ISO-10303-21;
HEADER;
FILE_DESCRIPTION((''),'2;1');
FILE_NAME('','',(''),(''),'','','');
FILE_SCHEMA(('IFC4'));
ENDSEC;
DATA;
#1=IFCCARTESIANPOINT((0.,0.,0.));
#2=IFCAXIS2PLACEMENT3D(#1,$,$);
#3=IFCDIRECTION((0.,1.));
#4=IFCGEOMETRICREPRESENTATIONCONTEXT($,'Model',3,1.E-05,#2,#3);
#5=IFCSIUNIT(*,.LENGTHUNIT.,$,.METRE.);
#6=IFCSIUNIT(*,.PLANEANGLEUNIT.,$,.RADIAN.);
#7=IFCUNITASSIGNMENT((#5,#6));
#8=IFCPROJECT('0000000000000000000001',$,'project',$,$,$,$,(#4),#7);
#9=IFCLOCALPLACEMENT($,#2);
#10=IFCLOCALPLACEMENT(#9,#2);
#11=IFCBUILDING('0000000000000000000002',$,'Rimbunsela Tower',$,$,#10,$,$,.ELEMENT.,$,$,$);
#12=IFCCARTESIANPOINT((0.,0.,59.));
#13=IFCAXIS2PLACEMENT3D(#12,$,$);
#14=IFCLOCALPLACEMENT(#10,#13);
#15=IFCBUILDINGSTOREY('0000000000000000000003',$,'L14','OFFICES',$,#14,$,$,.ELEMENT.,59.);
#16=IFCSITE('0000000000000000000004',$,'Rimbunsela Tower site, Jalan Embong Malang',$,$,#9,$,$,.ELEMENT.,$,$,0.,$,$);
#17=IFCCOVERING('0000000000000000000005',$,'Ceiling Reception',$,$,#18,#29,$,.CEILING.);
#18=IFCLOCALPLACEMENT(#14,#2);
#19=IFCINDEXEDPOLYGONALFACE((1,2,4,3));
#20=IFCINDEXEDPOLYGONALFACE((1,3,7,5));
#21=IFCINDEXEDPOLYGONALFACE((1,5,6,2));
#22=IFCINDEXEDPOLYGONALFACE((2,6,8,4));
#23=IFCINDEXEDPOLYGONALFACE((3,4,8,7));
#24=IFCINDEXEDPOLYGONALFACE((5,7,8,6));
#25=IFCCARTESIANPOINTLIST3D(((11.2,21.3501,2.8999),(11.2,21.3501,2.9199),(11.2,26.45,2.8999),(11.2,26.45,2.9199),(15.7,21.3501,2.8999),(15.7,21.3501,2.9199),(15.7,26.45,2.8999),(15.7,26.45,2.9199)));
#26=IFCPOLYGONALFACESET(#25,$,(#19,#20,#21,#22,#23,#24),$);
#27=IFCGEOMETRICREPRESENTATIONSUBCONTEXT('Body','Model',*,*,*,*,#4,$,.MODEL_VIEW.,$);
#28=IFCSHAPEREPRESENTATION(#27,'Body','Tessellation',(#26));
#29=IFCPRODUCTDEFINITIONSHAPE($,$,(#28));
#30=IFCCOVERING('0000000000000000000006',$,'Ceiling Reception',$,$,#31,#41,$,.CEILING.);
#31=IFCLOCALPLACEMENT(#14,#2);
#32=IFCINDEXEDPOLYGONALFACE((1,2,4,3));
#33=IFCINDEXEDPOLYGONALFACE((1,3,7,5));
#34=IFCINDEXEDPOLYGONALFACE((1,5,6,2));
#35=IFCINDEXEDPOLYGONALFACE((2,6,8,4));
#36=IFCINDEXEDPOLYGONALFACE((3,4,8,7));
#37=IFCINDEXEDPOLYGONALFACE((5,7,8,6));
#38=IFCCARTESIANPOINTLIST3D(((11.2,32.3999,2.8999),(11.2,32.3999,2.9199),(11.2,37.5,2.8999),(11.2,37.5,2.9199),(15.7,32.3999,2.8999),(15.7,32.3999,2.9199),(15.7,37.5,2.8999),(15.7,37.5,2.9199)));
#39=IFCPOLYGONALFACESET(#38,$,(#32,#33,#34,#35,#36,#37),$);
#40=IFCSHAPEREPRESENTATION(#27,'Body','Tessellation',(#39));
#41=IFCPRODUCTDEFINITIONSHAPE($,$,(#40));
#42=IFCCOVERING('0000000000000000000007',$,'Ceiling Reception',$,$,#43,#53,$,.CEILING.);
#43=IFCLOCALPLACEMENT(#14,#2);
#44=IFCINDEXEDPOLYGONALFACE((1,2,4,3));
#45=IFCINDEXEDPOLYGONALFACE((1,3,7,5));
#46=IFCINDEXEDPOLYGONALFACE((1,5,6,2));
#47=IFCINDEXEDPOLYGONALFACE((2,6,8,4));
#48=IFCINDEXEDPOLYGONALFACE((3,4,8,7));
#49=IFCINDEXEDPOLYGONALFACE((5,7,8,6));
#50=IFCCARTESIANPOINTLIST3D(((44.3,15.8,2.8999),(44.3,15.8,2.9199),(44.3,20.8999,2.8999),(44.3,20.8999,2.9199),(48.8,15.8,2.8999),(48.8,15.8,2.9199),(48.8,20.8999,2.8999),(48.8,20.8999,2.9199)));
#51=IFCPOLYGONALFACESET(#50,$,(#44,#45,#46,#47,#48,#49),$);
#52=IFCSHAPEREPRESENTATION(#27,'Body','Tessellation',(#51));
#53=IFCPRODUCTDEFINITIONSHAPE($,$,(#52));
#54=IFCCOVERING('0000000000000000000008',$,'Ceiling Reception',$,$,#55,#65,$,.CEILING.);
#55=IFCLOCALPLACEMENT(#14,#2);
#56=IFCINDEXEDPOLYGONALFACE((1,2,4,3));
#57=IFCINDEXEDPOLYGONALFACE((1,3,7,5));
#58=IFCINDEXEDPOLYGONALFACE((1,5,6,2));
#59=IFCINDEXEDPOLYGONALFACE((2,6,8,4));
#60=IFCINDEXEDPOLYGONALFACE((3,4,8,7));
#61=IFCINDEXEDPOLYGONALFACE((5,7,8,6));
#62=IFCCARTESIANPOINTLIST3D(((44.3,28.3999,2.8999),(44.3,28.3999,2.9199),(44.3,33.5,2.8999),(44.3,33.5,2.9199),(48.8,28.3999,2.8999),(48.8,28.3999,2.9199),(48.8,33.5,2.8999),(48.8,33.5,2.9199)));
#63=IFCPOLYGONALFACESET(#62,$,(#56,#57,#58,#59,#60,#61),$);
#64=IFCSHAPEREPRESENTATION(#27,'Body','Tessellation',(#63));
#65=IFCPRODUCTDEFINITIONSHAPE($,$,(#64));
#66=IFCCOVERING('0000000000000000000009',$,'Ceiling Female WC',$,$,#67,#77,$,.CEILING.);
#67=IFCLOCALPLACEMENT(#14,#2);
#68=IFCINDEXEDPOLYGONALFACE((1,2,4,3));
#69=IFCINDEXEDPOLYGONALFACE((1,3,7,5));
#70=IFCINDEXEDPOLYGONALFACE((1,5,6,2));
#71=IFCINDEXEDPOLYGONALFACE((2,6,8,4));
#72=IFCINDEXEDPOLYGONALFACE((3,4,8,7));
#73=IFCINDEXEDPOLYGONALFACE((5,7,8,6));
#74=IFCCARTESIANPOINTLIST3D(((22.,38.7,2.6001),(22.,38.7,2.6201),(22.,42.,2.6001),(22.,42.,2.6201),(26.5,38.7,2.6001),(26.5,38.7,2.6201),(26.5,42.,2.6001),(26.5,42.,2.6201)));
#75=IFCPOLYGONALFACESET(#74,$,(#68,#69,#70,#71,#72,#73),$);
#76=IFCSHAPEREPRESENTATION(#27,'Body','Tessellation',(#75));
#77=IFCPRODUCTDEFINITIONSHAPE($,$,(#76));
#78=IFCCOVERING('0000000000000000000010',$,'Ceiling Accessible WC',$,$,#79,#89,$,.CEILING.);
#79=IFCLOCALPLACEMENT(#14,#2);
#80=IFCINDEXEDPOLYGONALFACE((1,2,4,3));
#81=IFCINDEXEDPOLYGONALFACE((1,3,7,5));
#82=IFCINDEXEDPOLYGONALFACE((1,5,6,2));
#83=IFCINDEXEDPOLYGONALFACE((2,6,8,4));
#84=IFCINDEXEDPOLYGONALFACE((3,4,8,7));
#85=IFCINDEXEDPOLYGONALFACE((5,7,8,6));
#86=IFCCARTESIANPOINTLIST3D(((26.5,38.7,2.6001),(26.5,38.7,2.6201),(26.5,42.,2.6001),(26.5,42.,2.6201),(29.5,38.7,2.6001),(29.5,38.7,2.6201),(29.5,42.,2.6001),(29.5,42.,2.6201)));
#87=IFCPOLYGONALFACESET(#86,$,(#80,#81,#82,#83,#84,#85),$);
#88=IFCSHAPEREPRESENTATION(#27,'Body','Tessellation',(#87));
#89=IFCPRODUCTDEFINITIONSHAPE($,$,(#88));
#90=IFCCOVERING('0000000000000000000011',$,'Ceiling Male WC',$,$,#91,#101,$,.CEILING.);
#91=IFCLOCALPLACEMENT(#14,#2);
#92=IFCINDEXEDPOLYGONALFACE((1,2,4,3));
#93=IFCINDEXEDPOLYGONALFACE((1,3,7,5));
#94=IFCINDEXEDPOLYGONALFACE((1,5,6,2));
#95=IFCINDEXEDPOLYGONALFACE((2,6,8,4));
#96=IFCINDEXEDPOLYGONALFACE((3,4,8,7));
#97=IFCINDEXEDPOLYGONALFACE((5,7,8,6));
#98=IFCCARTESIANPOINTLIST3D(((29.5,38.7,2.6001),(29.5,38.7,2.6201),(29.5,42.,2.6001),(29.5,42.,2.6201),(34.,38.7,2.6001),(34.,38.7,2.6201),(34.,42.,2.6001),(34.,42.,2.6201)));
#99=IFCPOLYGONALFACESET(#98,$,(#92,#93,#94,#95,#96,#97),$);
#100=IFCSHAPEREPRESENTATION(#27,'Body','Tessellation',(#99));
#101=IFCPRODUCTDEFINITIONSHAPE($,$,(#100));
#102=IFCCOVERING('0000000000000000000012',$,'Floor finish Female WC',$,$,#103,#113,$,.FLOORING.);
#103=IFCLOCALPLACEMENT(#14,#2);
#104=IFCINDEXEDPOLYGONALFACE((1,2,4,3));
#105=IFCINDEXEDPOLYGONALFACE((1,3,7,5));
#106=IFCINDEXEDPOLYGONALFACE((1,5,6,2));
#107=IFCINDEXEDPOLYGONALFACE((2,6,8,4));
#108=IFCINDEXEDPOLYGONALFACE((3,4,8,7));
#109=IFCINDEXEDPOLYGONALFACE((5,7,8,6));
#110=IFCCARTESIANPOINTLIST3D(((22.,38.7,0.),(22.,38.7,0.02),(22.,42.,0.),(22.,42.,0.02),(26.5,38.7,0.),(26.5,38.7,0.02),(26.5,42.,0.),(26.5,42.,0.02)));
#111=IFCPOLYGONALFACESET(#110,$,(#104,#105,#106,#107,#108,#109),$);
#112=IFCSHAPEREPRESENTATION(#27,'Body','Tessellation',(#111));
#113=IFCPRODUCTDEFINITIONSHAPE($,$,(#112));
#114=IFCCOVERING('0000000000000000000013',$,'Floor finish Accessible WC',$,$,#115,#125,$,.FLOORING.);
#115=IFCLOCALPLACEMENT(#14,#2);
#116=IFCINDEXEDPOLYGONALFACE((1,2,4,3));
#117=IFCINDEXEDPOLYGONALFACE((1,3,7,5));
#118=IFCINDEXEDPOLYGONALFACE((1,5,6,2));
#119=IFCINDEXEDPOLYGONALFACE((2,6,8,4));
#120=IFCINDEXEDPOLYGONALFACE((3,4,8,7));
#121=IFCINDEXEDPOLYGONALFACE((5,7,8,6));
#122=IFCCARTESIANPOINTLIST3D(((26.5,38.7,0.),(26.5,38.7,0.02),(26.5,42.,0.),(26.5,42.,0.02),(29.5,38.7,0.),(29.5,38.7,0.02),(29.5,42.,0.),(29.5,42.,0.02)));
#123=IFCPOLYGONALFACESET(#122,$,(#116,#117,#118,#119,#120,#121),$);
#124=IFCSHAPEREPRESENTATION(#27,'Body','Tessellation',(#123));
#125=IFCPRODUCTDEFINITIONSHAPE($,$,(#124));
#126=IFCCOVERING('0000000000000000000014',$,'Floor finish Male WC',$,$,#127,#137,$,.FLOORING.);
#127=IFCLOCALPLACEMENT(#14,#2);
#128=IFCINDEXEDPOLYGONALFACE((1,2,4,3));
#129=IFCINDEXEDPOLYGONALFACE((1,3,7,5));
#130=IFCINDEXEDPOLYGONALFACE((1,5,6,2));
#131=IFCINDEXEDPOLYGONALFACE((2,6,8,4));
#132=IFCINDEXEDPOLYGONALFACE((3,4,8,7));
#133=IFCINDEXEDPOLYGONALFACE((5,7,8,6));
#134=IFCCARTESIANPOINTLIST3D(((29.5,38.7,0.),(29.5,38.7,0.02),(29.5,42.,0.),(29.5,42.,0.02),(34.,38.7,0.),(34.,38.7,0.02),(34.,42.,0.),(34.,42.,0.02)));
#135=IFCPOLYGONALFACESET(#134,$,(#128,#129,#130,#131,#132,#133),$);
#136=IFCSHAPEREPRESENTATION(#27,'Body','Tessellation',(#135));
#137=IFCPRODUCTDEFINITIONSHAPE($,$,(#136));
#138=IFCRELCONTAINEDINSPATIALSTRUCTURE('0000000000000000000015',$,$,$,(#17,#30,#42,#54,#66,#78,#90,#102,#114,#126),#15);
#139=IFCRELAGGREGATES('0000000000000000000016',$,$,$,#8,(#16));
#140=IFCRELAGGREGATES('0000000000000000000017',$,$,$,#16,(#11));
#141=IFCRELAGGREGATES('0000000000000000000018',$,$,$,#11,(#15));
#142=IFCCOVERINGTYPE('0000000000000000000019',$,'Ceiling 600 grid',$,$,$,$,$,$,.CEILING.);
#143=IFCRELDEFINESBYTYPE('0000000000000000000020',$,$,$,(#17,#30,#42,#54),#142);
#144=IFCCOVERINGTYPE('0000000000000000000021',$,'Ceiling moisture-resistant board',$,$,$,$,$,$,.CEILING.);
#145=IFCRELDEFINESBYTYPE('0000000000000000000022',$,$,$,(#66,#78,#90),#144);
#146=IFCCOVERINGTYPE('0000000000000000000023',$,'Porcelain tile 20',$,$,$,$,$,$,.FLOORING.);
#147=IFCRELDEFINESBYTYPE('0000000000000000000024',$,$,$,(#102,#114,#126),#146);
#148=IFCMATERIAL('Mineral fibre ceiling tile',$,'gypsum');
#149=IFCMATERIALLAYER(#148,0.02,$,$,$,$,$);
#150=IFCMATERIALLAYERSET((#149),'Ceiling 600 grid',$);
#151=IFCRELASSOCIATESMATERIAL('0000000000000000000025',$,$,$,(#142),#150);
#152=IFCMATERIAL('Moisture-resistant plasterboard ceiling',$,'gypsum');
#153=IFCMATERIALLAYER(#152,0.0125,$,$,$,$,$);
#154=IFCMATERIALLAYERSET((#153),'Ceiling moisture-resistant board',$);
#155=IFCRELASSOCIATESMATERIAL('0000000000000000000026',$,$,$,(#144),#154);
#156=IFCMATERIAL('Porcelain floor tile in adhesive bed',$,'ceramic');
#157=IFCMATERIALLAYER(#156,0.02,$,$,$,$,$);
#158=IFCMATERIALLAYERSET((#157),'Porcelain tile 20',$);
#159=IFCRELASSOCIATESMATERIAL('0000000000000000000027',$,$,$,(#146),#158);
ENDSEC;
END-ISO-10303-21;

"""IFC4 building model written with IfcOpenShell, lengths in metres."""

from ifc_helpers import new_model, si_unit, direction, frame, origin, place, context, subcontext, project, spatial, polyline, outline, extrude, material, layer, layer_set, type_object, element, save


model = new_model("IFC4")

# Units and contexts
model_context = context("Model", 3, precision=1e-05, world=origin(), true_north=direction((0.0, 1.0)))
body_context = subcontext(model_context, "Body", "Model", "MODEL_VIEW")
ifc_project = project(units=[si_unit("LENGTHUNIT", "METRE"), si_unit("PLANEANGLEUNIT", "RADIAN")], contexts=[model_context])

# Site, building, storey
site_placement = place(None, origin())
site = spatial("IfcSite", under=ifc_project, at=site_placement, Name="Rimbunsela Tower site, Jalan Embong Malang", CompositionType="ELEMENT", RefElevation=0.0)
building_placement = place(site_placement, origin())
building = spatial("IfcBuilding", under=site, at=building_placement, Name="Rimbunsela Tower", CompositionType="ELEMENT")
storey_placement = place(building_placement, frame((0.0, 0.0, 59.0)))
storey = spatial("IfcBuildingStorey", under=building, at=storey_placement, Name="L14", Description="OFFICES", CompositionType="ELEMENT", Elevation=59.0)

# Coverings
ifc_material_1 = material(Name="Mineral fibre ceiling tile", Category="gypsum")
ifc_layer_1 = layer(ifc_material_1, 0.02)
ifc_layer_set_1 = layer_set([ifc_layer_1], Name="Ceiling 600 grid")
covering_type_1 = type_object("IfcCoveringType", Name="Ceiling 600 grid", PredefinedType="CEILING", material=ifc_layer_set_1)
covering_1_placement = place(storey_placement, frame((0.0, 0.0, 2.8999)))
element("IfcCovering", 1, at=covering_1_placement, inside=storey, type_object=covering_type_1, Name="Ceiling Reception", PredefinedType="CEILING", context=body_context, shape_type="SweptSolid", body=[
    extrude(outline(polyline([(15.7, 21.3501), (15.7, 26.45), (11.2, 26.45), (11.2, 21.3501), (15.7, 21.3501)])), origin(), (0.0, 0.0, 1.0), 0.02),
])
covering_2_placement = place(storey_placement, frame((0.0, 0.0, 2.8999)))
element("IfcCovering", 2, at=covering_2_placement, inside=storey, type_object=covering_type_1, Name="Ceiling Reception", PredefinedType="CEILING", context=body_context, shape_type="SweptSolid", body=[
    extrude(outline(polyline([(15.7, 32.3999), (15.7, 37.5), (11.2, 37.5), (11.2, 32.3999), (15.7, 32.3999)])), origin(), (0.0, 0.0, 1.0), 0.02),
])
covering_3_placement = place(storey_placement, frame((0.0, 0.0, 2.8999)))
element("IfcCovering", 3, at=covering_3_placement, inside=storey, type_object=covering_type_1, Name="Ceiling Reception", PredefinedType="CEILING", context=body_context, shape_type="SweptSolid", body=[
    extrude(outline(polyline([(48.8, 15.8), (48.8, 20.8999), (44.3, 20.8999), (44.3, 15.8), (48.8, 15.8)])), origin(), (0.0, 0.0, 1.0), 0.02),
])
covering_4_placement = place(storey_placement, frame((0.0, 0.0, 2.8999)))
element("IfcCovering", 4, at=covering_4_placement, inside=storey, type_object=covering_type_1, Name="Ceiling Reception", PredefinedType="CEILING", context=body_context, shape_type="SweptSolid", body=[
    extrude(outline(polyline([(48.8, 28.3999), (48.8, 33.5), (44.3, 33.5), (44.3, 28.3999), (48.8, 28.3999)])), origin(), (0.0, 0.0, 1.0), 0.02),
])
ifc_material_2 = material(Name="Moisture-resistant plasterboard ceiling", Category="gypsum")
ifc_layer_2 = layer(ifc_material_2, 0.0125)
ifc_layer_set_2 = layer_set([ifc_layer_2], Name="Ceiling moisture-resistant board")
covering_type_2 = type_object("IfcCoveringType", Name="Ceiling moisture-resistant board", PredefinedType="CEILING", material=ifc_layer_set_2)
covering_5_placement = place(storey_placement, frame((0.0, 0.0, 2.6001)))
element("IfcCovering", 5, at=covering_5_placement, inside=storey, type_object=covering_type_2, Name="Ceiling Female WC", PredefinedType="CEILING", context=body_context, shape_type="SweptSolid", body=[
    extrude(outline(polyline([(26.5, 38.7), (26.5, 42.0), (22.0, 42.0), (22.0, 38.7), (26.5, 38.7)])), origin(), (0.0, 0.0, 1.0), 0.02),
])
covering_6_placement = place(storey_placement, frame((0.0, 0.0, 2.6001)))
element("IfcCovering", 6, at=covering_6_placement, inside=storey, type_object=covering_type_2, Name="Ceiling Accessible WC", PredefinedType="CEILING", context=body_context, shape_type="SweptSolid", body=[
    extrude(outline(polyline([(29.5, 38.7), (29.5, 42.0), (26.5, 42.0), (26.5, 38.7), (29.5, 38.7)])), origin(), (0.0, 0.0, 1.0), 0.02),
])
covering_7_placement = place(storey_placement, frame((0.0, 0.0, 2.6001)))
element("IfcCovering", 7, at=covering_7_placement, inside=storey, type_object=covering_type_2, Name="Ceiling Male WC", PredefinedType="CEILING", context=body_context, shape_type="SweptSolid", body=[
    extrude(outline(polyline([(34.0, 38.7), (34.0, 42.0), (29.5, 42.0), (29.5, 38.7), (34.0, 38.7)])), origin(), (0.0, 0.0, 1.0), 0.02),
])
ifc_material_3 = material(Name="Porcelain floor tile in adhesive bed", Category="ceramic")
ifc_layer_3 = layer(ifc_material_3, 0.02)
ifc_layer_set_3 = layer_set([ifc_layer_3], Name="Porcelain tile 20")
covering_type_3 = type_object("IfcCoveringType", Name="Porcelain tile 20", PredefinedType="FLOORING", material=ifc_layer_set_3)
covering_8_placement = place(storey_placement, origin())
element("IfcCovering", 8, at=covering_8_placement, inside=storey, type_object=covering_type_3, Name="Floor finish Female WC", PredefinedType="FLOORING", context=body_context, shape_type="SweptSolid", body=[
    extrude(outline(polyline([(26.5, 38.7), (26.5, 42.0), (22.0, 42.0), (22.0, 38.7), (26.5, 38.7)])), origin(), (0.0, 0.0, 1.0), 0.02),
])
covering_9_placement = place(storey_placement, origin())
element("IfcCovering", 9, at=covering_9_placement, inside=storey, type_object=covering_type_3, Name="Floor finish Accessible WC", PredefinedType="FLOORING", context=body_context, shape_type="SweptSolid", body=[
    extrude(outline(polyline([(29.5, 38.7), (29.5, 42.0), (26.5, 42.0), (26.5, 38.7), (29.5, 38.7)])), origin(), (0.0, 0.0, 1.0), 0.02),
])
covering_10_placement = place(storey_placement, origin())
element("IfcCovering", 10, at=covering_10_placement, inside=storey, type_object=covering_type_3, Name="Floor finish Male WC", PredefinedType="FLOORING", context=body_context, shape_type="SweptSolid", body=[
    extrude(outline(polyline([(34.0, 38.7), (34.0, 42.0), (29.5, 42.0), (29.5, 38.7), (34.0, 38.7)])), origin(), (0.0, 0.0, 1.0), 0.02),
])

save(model, "model.ifc")
